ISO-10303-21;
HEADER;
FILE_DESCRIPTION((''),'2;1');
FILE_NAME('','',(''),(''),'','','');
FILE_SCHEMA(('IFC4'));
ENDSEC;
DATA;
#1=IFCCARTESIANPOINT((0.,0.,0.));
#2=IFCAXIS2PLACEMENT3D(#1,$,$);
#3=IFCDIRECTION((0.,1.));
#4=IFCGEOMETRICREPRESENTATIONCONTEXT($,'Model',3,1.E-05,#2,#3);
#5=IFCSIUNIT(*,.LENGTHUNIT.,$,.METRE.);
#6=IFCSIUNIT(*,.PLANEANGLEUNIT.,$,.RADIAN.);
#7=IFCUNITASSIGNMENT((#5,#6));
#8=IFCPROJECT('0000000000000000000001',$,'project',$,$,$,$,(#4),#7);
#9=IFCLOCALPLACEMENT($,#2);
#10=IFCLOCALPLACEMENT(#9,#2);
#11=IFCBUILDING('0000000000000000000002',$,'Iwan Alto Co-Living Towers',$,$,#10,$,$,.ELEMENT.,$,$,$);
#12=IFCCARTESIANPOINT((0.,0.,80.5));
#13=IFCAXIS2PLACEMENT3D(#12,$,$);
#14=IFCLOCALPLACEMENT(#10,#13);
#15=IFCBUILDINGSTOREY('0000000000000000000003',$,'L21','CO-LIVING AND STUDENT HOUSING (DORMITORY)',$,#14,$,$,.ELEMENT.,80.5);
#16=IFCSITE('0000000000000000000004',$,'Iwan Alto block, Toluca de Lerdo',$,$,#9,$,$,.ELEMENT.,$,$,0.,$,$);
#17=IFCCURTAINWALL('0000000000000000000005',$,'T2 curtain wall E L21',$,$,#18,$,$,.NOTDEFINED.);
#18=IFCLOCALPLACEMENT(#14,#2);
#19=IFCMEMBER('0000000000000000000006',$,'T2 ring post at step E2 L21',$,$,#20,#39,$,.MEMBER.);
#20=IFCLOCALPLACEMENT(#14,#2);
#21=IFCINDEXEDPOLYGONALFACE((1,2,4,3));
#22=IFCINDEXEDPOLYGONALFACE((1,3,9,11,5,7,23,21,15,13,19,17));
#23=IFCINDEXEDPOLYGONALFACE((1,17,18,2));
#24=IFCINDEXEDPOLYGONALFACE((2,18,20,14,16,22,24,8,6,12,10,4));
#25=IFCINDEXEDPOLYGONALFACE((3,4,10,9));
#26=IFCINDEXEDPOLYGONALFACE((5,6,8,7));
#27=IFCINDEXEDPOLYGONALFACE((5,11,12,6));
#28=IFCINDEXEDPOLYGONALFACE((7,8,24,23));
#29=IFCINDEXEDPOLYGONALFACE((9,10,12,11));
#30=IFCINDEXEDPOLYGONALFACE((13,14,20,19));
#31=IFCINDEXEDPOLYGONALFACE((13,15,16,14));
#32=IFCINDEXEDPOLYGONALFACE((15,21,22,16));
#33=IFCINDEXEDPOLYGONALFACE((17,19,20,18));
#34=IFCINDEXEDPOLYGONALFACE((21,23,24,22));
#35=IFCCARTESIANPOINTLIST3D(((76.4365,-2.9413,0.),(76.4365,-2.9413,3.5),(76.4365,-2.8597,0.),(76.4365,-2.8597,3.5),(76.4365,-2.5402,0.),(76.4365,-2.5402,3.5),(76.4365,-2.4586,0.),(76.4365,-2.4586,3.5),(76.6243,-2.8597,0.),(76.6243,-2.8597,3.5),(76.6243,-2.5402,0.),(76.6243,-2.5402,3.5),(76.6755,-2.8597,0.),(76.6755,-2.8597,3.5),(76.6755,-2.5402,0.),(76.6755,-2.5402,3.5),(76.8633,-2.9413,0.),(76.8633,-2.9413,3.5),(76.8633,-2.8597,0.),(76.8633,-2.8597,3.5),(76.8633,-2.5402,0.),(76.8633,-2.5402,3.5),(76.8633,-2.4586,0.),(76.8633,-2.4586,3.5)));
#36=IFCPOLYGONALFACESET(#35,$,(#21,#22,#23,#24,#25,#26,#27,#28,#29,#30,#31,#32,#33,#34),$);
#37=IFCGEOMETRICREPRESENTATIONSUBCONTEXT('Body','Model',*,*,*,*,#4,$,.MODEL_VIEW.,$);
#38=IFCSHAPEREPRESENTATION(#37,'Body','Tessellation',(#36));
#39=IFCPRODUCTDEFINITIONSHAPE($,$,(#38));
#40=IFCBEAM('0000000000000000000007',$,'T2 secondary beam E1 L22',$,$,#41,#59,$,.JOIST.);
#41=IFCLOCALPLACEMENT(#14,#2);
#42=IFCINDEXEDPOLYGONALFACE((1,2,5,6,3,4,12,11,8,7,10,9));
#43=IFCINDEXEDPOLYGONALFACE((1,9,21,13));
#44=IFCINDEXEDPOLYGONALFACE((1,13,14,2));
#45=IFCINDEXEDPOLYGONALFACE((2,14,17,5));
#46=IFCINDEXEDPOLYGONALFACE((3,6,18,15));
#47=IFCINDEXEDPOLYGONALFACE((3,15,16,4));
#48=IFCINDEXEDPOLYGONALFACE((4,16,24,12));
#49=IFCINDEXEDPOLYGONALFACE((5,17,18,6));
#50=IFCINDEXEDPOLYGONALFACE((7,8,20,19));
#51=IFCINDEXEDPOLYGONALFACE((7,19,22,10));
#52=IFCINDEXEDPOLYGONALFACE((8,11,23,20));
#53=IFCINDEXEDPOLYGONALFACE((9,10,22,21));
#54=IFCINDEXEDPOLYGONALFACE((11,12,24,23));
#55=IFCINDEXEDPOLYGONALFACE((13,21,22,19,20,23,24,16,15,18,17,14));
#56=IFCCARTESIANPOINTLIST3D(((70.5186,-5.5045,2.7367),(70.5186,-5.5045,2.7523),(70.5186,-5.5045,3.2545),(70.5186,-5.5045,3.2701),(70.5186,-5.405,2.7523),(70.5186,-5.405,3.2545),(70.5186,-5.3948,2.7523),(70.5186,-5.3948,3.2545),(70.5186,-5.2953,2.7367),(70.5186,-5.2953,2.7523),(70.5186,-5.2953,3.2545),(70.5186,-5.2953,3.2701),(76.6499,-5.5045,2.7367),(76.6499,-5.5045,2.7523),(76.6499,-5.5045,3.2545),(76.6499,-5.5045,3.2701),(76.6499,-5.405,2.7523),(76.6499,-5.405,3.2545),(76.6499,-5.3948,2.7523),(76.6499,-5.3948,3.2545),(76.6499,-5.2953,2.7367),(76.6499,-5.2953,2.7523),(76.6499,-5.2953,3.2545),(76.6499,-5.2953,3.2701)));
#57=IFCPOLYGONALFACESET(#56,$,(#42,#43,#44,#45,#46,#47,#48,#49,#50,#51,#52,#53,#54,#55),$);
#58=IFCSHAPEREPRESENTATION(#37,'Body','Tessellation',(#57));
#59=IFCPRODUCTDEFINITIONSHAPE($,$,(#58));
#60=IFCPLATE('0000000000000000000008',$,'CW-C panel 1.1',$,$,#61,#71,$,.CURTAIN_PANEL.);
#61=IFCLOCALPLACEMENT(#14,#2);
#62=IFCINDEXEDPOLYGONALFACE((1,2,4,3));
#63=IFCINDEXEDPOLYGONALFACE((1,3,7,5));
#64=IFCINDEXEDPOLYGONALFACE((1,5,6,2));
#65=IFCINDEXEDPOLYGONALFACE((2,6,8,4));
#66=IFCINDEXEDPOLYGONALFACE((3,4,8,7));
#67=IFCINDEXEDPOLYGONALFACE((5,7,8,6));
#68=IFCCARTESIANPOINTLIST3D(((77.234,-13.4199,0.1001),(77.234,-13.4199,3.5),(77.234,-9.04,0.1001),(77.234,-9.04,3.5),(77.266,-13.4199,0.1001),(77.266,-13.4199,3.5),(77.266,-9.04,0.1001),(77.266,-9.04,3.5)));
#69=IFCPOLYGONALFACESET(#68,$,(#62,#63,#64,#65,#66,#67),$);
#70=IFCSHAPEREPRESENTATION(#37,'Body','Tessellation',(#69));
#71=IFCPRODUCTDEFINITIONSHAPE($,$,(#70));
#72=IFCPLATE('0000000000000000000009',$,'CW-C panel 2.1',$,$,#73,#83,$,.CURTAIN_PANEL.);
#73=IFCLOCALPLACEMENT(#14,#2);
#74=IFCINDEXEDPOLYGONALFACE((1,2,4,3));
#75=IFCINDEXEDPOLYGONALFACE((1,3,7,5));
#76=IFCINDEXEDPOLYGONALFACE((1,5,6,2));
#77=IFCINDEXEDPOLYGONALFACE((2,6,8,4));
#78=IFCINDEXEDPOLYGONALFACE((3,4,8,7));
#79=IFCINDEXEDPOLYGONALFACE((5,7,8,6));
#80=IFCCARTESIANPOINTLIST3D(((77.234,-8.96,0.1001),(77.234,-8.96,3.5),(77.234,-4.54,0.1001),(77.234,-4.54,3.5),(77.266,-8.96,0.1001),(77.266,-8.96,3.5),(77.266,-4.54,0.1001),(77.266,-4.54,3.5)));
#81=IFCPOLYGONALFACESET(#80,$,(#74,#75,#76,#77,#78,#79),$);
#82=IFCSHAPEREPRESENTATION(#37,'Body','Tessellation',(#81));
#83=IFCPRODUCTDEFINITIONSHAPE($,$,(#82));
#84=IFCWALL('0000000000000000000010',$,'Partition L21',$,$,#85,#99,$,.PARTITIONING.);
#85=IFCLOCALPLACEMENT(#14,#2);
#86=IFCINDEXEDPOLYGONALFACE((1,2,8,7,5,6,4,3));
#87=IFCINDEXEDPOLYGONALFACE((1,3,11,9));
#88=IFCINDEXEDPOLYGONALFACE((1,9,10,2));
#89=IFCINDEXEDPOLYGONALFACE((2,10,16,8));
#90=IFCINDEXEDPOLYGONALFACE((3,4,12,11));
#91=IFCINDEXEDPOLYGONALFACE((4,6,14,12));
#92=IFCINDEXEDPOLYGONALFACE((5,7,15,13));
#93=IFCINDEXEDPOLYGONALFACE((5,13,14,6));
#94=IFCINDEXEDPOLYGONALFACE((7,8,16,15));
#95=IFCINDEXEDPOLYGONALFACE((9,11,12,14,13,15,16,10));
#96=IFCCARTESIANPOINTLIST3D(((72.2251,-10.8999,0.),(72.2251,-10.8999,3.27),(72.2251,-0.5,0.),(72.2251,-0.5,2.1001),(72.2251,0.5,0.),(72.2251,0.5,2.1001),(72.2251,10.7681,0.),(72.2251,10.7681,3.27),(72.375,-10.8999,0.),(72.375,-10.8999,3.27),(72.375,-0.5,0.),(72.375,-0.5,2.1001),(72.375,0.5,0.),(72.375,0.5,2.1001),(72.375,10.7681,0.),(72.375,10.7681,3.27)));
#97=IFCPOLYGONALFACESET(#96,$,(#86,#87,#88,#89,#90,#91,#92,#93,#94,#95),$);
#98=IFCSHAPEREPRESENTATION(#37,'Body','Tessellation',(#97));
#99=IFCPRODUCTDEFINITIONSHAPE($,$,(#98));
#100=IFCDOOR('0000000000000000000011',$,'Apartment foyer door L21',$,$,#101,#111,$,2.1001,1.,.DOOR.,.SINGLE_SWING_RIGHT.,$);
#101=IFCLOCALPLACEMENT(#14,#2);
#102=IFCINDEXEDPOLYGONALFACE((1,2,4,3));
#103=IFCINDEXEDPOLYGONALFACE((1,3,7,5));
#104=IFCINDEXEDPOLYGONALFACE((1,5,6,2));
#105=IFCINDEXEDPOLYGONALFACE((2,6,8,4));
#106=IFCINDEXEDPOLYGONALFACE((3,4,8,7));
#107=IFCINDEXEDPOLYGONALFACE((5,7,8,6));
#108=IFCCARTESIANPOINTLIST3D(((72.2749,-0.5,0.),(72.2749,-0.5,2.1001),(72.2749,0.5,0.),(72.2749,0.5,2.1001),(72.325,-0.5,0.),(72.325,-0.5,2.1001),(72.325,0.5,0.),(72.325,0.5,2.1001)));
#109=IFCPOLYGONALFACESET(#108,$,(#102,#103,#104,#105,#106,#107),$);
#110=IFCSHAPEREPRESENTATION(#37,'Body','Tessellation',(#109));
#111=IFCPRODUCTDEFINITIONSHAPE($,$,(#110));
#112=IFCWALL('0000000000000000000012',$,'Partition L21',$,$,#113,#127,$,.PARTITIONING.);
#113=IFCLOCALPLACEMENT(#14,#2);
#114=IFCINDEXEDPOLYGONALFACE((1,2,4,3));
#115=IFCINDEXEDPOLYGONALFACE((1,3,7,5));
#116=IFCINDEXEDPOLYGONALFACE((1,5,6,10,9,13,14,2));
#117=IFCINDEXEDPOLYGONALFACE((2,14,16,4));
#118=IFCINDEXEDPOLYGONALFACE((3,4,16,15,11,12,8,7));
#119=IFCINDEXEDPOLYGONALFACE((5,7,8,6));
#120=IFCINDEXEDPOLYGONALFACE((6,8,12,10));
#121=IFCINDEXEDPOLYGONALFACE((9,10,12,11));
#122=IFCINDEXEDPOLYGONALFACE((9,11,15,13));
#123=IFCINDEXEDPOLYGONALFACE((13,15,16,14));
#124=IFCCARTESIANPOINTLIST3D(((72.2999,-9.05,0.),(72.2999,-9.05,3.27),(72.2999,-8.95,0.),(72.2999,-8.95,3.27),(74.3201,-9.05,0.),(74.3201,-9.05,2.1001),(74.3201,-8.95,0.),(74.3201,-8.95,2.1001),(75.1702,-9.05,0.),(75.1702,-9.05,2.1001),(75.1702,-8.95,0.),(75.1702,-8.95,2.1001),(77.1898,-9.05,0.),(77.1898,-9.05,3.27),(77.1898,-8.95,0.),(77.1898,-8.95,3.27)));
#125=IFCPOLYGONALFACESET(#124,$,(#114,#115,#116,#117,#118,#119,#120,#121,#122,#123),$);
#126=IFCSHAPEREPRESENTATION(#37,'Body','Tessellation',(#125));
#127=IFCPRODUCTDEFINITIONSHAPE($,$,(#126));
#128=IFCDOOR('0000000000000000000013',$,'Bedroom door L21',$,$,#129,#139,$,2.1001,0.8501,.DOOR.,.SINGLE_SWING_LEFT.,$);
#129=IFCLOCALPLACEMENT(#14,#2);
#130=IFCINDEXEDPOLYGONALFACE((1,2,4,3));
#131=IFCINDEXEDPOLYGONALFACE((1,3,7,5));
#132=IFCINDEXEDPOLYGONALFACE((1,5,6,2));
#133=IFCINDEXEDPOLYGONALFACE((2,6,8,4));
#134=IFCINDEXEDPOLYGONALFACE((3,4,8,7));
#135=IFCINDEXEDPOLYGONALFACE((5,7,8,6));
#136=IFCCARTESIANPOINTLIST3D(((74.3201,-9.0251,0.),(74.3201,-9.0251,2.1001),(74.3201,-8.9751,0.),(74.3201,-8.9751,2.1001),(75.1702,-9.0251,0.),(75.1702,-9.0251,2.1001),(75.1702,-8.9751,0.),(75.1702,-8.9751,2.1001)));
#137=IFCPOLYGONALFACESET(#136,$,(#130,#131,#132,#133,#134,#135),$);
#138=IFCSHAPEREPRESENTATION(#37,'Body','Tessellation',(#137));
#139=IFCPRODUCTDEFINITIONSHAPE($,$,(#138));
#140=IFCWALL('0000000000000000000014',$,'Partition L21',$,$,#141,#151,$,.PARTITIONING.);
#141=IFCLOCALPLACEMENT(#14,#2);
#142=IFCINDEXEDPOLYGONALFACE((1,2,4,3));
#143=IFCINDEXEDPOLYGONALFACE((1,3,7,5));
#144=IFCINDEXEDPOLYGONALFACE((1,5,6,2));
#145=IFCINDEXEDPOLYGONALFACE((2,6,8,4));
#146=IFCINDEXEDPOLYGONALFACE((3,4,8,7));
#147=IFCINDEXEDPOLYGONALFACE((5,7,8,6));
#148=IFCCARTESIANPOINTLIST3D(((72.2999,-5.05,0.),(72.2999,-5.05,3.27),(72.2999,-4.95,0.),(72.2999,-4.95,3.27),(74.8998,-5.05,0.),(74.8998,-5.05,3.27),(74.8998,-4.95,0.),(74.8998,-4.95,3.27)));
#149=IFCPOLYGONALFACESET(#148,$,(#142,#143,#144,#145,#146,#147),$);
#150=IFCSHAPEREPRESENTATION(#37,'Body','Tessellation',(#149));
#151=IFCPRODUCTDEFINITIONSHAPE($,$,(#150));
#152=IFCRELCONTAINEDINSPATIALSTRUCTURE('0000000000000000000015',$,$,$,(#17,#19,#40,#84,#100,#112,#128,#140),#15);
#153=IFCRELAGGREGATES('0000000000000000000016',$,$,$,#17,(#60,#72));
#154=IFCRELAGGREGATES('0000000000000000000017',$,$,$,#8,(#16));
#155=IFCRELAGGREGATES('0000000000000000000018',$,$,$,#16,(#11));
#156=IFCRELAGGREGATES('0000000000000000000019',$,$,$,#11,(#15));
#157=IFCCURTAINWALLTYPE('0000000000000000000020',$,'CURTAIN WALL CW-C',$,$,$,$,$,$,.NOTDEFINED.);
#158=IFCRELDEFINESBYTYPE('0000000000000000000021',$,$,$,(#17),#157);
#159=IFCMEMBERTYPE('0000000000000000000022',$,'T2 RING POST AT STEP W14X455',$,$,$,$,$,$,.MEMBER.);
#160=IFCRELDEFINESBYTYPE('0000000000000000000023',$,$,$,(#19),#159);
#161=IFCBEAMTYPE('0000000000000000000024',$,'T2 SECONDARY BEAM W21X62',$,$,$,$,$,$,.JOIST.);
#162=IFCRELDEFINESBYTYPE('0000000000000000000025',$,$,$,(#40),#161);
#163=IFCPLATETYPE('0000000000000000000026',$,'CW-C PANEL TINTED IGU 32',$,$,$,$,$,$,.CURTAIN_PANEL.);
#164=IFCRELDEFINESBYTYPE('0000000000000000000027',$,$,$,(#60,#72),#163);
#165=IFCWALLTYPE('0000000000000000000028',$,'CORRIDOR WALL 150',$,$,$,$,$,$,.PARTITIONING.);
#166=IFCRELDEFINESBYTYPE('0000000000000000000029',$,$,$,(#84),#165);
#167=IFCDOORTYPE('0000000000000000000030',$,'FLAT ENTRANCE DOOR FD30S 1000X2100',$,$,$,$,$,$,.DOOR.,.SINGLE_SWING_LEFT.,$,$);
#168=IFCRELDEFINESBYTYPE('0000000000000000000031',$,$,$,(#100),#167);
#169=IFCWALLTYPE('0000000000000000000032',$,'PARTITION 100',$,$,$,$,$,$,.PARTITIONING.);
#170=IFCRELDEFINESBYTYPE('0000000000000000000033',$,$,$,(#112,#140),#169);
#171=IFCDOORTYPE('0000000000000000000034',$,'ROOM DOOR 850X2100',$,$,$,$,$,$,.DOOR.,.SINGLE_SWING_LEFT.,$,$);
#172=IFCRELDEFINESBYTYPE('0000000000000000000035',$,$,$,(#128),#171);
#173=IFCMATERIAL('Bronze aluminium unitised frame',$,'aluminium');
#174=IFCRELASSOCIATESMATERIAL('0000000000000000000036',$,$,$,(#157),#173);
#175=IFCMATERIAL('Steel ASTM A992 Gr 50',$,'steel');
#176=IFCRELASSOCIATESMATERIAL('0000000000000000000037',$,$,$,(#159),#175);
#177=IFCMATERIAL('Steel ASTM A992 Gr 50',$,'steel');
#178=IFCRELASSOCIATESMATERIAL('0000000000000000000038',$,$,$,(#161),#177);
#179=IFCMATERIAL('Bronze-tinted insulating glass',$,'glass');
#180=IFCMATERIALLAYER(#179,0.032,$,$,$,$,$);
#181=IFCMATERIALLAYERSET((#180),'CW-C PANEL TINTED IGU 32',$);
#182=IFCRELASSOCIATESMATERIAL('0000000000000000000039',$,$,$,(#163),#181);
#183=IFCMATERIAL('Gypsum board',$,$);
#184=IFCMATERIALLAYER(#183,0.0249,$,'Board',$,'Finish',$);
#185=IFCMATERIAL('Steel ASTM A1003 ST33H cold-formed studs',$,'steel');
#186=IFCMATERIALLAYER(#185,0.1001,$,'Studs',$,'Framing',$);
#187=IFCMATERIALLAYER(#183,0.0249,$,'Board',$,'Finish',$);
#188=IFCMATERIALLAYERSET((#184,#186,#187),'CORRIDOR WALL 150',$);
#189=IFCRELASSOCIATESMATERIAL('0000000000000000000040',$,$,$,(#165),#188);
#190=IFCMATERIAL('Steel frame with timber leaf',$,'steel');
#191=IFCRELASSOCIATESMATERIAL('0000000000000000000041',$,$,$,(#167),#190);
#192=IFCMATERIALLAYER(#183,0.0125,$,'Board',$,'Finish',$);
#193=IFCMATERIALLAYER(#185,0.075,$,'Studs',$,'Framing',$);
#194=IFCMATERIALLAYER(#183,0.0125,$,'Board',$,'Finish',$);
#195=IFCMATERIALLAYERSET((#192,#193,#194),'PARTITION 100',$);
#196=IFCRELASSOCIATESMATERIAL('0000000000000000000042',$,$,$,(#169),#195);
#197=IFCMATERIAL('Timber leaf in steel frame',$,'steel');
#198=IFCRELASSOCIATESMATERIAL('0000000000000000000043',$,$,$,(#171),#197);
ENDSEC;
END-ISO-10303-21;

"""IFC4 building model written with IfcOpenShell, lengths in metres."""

from ifc_helpers import new_model, si_unit, direction, frame, frame_2d, origin, origin_2d, place, context, subcontext, project, spatial, rectangle, i_section, extrude, material, layer, layer_set, material_profile, profile_set, type_object, element, fill, aggregate, save


model = new_model("IFC4")

# Units and contexts
model_context = context("Model", 3, precision=1e-05, world=origin(), true_north=direction((0.0, 1.0)))
body_context = subcontext(model_context, "Body", "Model", "MODEL_VIEW")
ifc_project = project(units=[si_unit("LENGTHUNIT", "METRE"), si_unit("PLANEANGLEUNIT", "RADIAN")], contexts=[model_context])

# Site, building, storey
site_placement = place(None, origin())
site = spatial("IfcSite", under=ifc_project, at=site_placement, Name="Iwan Alto block, Toluca de Lerdo", CompositionType="ELEMENT", RefElevation=0.0)
building_placement = place(site_placement, origin())
building = spatial("IfcBuilding", under=site, at=building_placement, Name="Iwan Alto Co-Living Towers", CompositionType="ELEMENT")
storey_placement = place(building_placement, frame((0.0, 0.0, 80.5)))
storey = spatial("IfcBuildingStorey", under=building, at=storey_placement, Name="L21", Description="CO-LIVING AND STUDENT HOUSING (DORMITORY)", CompositionType="ELEMENT", Elevation=80.5)

# Curtain wall
ifc_material_1 = material(Name="Bronze aluminium unitised frame", Category="aluminium")
curtain_wall_type = type_object("IfcCurtainWallType", Name="CURTAIN WALL CW-C", PredefinedType="NOTDEFINED", material=ifc_material_1)
curtain_wall_placement = place(storey_placement, origin())
curtain_wall = element("IfcCurtainWall", 1, at=curtain_wall_placement, inside=storey, type_object=curtain_wall_type, Name="T2 curtain wall E L21", PredefinedType="NOTDEFINED")

# Member
ifc_material_2 = material(Name="Steel ASTM A992 Gr 50", Category="steel")
ifc_material_profile_1 = material_profile(ifc_material_2, i_section(OverallWidth=0.4268, OverallDepth=0.4827, WebThickness=0.0513, FlangeThickness=0.0815, at=origin_2d()), Name="W14X455")
ifc_profile_set_1 = profile_set([ifc_material_profile_1], Name="Steel ASTM A992 Gr 50")
member_type_1 = type_object("IfcMemberType", Name="T2 RING POST AT STEP W14X455", PredefinedType="MEMBER", material=ifc_profile_set_1)
for number, where, z_axis, x_axis, name in (
    (2, (76.6499, -2.7, 0.0), (0.0, 0.0, 1.0), (1.0, 0.0, 0.0), "T2 ring post at step E2 L21"),
):
    element("IfcMember", number, at=place(storey_placement, frame(where, z_axis=z_axis, x_axis=x_axis)), inside=storey, type_object=member_type_1, Name=name, PredefinedType="MEMBER", context=body_context, shape_type="SweptSolid", body=[
        extrude(i_section(OverallWidth=0.4268, OverallDepth=0.4827, WebThickness=0.0513, FlangeThickness=0.0815, at=origin_2d()), origin(), (0.0, 0.0, 1.0), 3.5),
    ])

# Beam
ifc_material_3 = material(Name="Steel ASTM A992 Gr 50", Category="steel")
ifc_material_profile_2 = material_profile(ifc_material_3, i_section(OverallWidth=0.2092, OverallDepth=0.5334, WebThickness=0.0103, FlangeThickness=0.0156, at=origin_2d()), Name="W21X62")
ifc_profile_set_2 = profile_set([ifc_material_profile_2], Name="Steel ASTM A992 Gr 50")
beam_type_1 = type_object("IfcBeamType", Name="T2 SECONDARY BEAM W21X62", PredefinedType="JOIST", material=ifc_profile_set_2)
beam_1_placement = place(storey_placement, frame((76.6499, -5.3999, 3.0034), z_axis=(-1.0, 0.0, 0.0), x_axis=(0.0, -1.0, 0.0)))
element("IfcBeam", 3, at=beam_1_placement, inside=storey, type_object=beam_type_1, Name="T2 secondary beam E1 L22", PredefinedType="JOIST", context=body_context, shape_type="SweptSolid", body=[
    extrude(i_section(OverallWidth=0.2092, OverallDepth=0.5334, WebThickness=0.0103, FlangeThickness=0.0156, at=origin_2d()), origin(), (0.0, 0.0, 1.0), 6.1313),
])

# Plates
ifc_material_4 = material(Name="Bronze-tinted insulating glass", Category="glass")
ifc_layer_1 = layer(ifc_material_4, 0.032)
ifc_layer_set_1 = layer_set([ifc_layer_1], Name="CW-C PANEL TINTED IGU 32")
plate_type = type_object("IfcPlateType", Name="CW-C PANEL TINTED IGU 32", PredefinedType="CURTAIN_PANEL", material=ifc_layer_set_1)
plate_1_placement = place(storey_placement, frame((77.25, -11.23, 0.1001), z_axis=(0.0, 0.0, 1.0), x_axis=(0.0, 1.0, 0.0)))
plate_1 = element("IfcPlate", 4, at=plate_1_placement, type_object=plate_type, Name="CW-C panel 1.1", PredefinedType="CURTAIN_PANEL", context=body_context, shape_type="SweptSolid", body=[
    extrude(rectangle(XDim=4.3799, YDim=0.032, at=origin_2d()), origin(), (0.0, 0.0, 1.0), 3.3999),
])
plate_2_placement = place(storey_placement, frame((77.25, -6.75, 0.1001), z_axis=(0.0, 0.0, 1.0), x_axis=(0.0, 1.0, 0.0)))
plate_2 = element("IfcPlate", 5, at=plate_2_placement, type_object=plate_type, Name="CW-C panel 2.1", PredefinedType="CURTAIN_PANEL", context=body_context, shape_type="SweptSolid", body=[
    extrude(rectangle(XDim=4.4199, YDim=0.032, at=origin_2d()), origin(), (0.0, 0.0, 1.0), 3.3999),
])
aggregate(curtain_wall, [plate_1, plate_2])

# Walls, openings, doors
ifc_material_5 = material(Name="Gypsum board")
ifc_layer_2 = layer(ifc_material_5, 0.0249, Name="Board", Category="Finish")
ifc_material_6 = material(Name="Steel ASTM A1003 ST33H cold-formed studs", Category="steel")
ifc_layer_3 = layer(ifc_material_6, 0.1001, Name="Studs", Category="Framing")
ifc_layer_4 = layer(ifc_material_5, 0.0249, Name="Board", Category="Finish")
ifc_layer_set_2 = layer_set([ifc_layer_2, ifc_layer_3, ifc_layer_4], Name="CORRIDOR WALL 150")
wall_type_1 = type_object("IfcWallType", Name="CORRIDOR WALL 150", PredefinedType="PARTITIONING", material=ifc_layer_set_2)
wall_1_placement = place(storey_placement, frame((72.3, -10.8999, 0.0), z_axis=(0.0, 0.0, 1.0), x_axis=(0.0, 1.0, 0.0)))
wall_1 = element("IfcWall", 6, at=wall_1_placement, inside=storey, type_object=wall_type_1, Name="Partition L21", PredefinedType="PARTITIONING", context=body_context, shape_type="SweptSolid", body=[
    extrude(rectangle(XDim=21.668, YDim=0.1499, at=frame_2d((10.834, 0.0))), origin(), (0.0, 0.0, 1.0), 3.27),
])
opening_1_placement = place(wall_1_placement, frame((10.3999, 0.0, 0.0)))
opening_1 = element("IfcOpeningElement", 7, at=opening_1_placement, cuts=wall_1, PredefinedType="OPENING", context=body_context, shape_type="SweptSolid", body=[
    extrude(rectangle(XDim=1.0, YDim=2.1001, at=frame_2d((0.5, 1.05))), frame((0.0, 0.085, 0.0), z_axis=(0.0, -1.0, 0.0), x_axis=(1.0, 0.0, 0.0)), (0.0, 0.0, 1.0), 0.1699),
])
ifc_material_7 = material(Name="Steel frame with timber leaf", Category="steel")
door_type_1 = type_object("IfcDoorType", Name="FLAT ENTRANCE DOOR FD30S 1000X2100", OperationType="SINGLE_SWING_LEFT", PredefinedType="DOOR", material=ifc_material_7)
door_1_placement = place(opening_1_placement, frame((1.0, 0.0, 0.0), z_axis=(0.0, 0.0, 1.0), x_axis=(-1.0, 0.0, 0.0)))
door_1 = element("IfcDoor", 8, at=door_1_placement, inside=storey, type_object=door_type_1, Name="Apartment foyer door L21", OperationType="SINGLE_SWING_RIGHT", OverallHeight=2.1001, OverallWidth=1.0, PredefinedType="DOOR", context=body_context, shape_type="SweptSolid", body=[
    extrude(rectangle(XDim=1.0, YDim=2.1001, at=frame_2d((0.5, 1.05))), frame((0.0, 0.0249, 0.0), z_axis=(0.0, -1.0, 0.0), x_axis=(1.0, 0.0, 0.0)), (0.0, 0.0, 1.0), 0.05),
])
fill(opening_1, door_1)
ifc_layer_5 = layer(ifc_material_5, 0.0125, Name="Board", Category="Finish")
ifc_layer_6 = layer(ifc_material_6, 0.075, Name="Studs", Category="Framing")
ifc_layer_7 = layer(ifc_material_5, 0.0125, Name="Board", Category="Finish")
ifc_layer_set_3 = layer_set([ifc_layer_5, ifc_layer_6, ifc_layer_7], Name="PARTITION 100")
wall_type_2 = type_object("IfcWallType", Name="PARTITION 100", PredefinedType="PARTITIONING", material=ifc_layer_set_3)
wall_2_placement = place(storey_placement, frame((72.3, -9.0, 0.0), z_axis=(0.0, 0.0, 1.0), x_axis=(1.0, 0.0, 0.0)))
wall_2 = element("IfcWall", 9, at=wall_2_placement, inside=storey, type_object=wall_type_2, Name="Partition L21", PredefinedType="PARTITIONING", context=body_context, shape_type="SweptSolid", body=[
    extrude(rectangle(XDim=4.8899, YDim=0.1001, at=frame_2d((2.4448, 0.0))), origin(), (0.0, 0.0, 1.0), 3.27),
])
opening_2_placement = place(wall_2_placement, frame((2.02, 0.0, 0.0)))
opening_2 = element("IfcOpeningElement", 10, at=opening_2_placement, cuts=wall_2, PredefinedType="OPENING", context=body_context, shape_type="SweptSolid", body=[
    extrude(rectangle(XDim=0.8501, YDim=2.1001, at=frame_2d((0.425, 1.05))), frame((0.0, 0.0601, 0.0), z_axis=(0.0, -1.0, 0.0), x_axis=(1.0, 0.0, 0.0)), (0.0, 0.0, 1.0), 0.1201),
])
ifc_material_8 = material(Name="Timber leaf in steel frame", Category="steel")
door_type_2 = type_object("IfcDoorType", Name="ROOM DOOR 850X2100", OperationType="SINGLE_SWING_LEFT", PredefinedType="DOOR", material=ifc_material_8)
door_2_placement = place(opening_2_placement, origin())
door_2 = element("IfcDoor", 11, at=door_2_placement, inside=storey, type_object=door_type_2, Name="Bedroom door L21", OperationType="SINGLE_SWING_LEFT", OverallHeight=2.1001, OverallWidth=0.8501, PredefinedType="DOOR", context=body_context, shape_type="SweptSolid", body=[
    extrude(rectangle(XDim=0.8501, YDim=2.1001, at=frame_2d((0.425, 1.05))), frame((0.0, 0.0249, 0.0), z_axis=(0.0, -1.0, 0.0), x_axis=(1.0, 0.0, 0.0)), (0.0, 0.0, 1.0), 0.05),
])
fill(opening_2, door_2)

# Wall
wall_3_placement = place(storey_placement, frame((72.3, -5.0, 0.0), z_axis=(0.0, 0.0, 1.0), x_axis=(1.0, 0.0, 0.0)))
element("IfcWall", 12, at=wall_3_placement, inside=storey, type_object=wall_type_2, Name="Partition L21", PredefinedType="PARTITIONING", context=body_context, shape_type="SweptSolid", body=[
    extrude(rectangle(XDim=2.5999, YDim=0.1001, at=frame_2d((1.2998, 0.0))), origin(), (0.0, 0.0, 1.0), 3.27),
])

save(model, "model.ifc")
